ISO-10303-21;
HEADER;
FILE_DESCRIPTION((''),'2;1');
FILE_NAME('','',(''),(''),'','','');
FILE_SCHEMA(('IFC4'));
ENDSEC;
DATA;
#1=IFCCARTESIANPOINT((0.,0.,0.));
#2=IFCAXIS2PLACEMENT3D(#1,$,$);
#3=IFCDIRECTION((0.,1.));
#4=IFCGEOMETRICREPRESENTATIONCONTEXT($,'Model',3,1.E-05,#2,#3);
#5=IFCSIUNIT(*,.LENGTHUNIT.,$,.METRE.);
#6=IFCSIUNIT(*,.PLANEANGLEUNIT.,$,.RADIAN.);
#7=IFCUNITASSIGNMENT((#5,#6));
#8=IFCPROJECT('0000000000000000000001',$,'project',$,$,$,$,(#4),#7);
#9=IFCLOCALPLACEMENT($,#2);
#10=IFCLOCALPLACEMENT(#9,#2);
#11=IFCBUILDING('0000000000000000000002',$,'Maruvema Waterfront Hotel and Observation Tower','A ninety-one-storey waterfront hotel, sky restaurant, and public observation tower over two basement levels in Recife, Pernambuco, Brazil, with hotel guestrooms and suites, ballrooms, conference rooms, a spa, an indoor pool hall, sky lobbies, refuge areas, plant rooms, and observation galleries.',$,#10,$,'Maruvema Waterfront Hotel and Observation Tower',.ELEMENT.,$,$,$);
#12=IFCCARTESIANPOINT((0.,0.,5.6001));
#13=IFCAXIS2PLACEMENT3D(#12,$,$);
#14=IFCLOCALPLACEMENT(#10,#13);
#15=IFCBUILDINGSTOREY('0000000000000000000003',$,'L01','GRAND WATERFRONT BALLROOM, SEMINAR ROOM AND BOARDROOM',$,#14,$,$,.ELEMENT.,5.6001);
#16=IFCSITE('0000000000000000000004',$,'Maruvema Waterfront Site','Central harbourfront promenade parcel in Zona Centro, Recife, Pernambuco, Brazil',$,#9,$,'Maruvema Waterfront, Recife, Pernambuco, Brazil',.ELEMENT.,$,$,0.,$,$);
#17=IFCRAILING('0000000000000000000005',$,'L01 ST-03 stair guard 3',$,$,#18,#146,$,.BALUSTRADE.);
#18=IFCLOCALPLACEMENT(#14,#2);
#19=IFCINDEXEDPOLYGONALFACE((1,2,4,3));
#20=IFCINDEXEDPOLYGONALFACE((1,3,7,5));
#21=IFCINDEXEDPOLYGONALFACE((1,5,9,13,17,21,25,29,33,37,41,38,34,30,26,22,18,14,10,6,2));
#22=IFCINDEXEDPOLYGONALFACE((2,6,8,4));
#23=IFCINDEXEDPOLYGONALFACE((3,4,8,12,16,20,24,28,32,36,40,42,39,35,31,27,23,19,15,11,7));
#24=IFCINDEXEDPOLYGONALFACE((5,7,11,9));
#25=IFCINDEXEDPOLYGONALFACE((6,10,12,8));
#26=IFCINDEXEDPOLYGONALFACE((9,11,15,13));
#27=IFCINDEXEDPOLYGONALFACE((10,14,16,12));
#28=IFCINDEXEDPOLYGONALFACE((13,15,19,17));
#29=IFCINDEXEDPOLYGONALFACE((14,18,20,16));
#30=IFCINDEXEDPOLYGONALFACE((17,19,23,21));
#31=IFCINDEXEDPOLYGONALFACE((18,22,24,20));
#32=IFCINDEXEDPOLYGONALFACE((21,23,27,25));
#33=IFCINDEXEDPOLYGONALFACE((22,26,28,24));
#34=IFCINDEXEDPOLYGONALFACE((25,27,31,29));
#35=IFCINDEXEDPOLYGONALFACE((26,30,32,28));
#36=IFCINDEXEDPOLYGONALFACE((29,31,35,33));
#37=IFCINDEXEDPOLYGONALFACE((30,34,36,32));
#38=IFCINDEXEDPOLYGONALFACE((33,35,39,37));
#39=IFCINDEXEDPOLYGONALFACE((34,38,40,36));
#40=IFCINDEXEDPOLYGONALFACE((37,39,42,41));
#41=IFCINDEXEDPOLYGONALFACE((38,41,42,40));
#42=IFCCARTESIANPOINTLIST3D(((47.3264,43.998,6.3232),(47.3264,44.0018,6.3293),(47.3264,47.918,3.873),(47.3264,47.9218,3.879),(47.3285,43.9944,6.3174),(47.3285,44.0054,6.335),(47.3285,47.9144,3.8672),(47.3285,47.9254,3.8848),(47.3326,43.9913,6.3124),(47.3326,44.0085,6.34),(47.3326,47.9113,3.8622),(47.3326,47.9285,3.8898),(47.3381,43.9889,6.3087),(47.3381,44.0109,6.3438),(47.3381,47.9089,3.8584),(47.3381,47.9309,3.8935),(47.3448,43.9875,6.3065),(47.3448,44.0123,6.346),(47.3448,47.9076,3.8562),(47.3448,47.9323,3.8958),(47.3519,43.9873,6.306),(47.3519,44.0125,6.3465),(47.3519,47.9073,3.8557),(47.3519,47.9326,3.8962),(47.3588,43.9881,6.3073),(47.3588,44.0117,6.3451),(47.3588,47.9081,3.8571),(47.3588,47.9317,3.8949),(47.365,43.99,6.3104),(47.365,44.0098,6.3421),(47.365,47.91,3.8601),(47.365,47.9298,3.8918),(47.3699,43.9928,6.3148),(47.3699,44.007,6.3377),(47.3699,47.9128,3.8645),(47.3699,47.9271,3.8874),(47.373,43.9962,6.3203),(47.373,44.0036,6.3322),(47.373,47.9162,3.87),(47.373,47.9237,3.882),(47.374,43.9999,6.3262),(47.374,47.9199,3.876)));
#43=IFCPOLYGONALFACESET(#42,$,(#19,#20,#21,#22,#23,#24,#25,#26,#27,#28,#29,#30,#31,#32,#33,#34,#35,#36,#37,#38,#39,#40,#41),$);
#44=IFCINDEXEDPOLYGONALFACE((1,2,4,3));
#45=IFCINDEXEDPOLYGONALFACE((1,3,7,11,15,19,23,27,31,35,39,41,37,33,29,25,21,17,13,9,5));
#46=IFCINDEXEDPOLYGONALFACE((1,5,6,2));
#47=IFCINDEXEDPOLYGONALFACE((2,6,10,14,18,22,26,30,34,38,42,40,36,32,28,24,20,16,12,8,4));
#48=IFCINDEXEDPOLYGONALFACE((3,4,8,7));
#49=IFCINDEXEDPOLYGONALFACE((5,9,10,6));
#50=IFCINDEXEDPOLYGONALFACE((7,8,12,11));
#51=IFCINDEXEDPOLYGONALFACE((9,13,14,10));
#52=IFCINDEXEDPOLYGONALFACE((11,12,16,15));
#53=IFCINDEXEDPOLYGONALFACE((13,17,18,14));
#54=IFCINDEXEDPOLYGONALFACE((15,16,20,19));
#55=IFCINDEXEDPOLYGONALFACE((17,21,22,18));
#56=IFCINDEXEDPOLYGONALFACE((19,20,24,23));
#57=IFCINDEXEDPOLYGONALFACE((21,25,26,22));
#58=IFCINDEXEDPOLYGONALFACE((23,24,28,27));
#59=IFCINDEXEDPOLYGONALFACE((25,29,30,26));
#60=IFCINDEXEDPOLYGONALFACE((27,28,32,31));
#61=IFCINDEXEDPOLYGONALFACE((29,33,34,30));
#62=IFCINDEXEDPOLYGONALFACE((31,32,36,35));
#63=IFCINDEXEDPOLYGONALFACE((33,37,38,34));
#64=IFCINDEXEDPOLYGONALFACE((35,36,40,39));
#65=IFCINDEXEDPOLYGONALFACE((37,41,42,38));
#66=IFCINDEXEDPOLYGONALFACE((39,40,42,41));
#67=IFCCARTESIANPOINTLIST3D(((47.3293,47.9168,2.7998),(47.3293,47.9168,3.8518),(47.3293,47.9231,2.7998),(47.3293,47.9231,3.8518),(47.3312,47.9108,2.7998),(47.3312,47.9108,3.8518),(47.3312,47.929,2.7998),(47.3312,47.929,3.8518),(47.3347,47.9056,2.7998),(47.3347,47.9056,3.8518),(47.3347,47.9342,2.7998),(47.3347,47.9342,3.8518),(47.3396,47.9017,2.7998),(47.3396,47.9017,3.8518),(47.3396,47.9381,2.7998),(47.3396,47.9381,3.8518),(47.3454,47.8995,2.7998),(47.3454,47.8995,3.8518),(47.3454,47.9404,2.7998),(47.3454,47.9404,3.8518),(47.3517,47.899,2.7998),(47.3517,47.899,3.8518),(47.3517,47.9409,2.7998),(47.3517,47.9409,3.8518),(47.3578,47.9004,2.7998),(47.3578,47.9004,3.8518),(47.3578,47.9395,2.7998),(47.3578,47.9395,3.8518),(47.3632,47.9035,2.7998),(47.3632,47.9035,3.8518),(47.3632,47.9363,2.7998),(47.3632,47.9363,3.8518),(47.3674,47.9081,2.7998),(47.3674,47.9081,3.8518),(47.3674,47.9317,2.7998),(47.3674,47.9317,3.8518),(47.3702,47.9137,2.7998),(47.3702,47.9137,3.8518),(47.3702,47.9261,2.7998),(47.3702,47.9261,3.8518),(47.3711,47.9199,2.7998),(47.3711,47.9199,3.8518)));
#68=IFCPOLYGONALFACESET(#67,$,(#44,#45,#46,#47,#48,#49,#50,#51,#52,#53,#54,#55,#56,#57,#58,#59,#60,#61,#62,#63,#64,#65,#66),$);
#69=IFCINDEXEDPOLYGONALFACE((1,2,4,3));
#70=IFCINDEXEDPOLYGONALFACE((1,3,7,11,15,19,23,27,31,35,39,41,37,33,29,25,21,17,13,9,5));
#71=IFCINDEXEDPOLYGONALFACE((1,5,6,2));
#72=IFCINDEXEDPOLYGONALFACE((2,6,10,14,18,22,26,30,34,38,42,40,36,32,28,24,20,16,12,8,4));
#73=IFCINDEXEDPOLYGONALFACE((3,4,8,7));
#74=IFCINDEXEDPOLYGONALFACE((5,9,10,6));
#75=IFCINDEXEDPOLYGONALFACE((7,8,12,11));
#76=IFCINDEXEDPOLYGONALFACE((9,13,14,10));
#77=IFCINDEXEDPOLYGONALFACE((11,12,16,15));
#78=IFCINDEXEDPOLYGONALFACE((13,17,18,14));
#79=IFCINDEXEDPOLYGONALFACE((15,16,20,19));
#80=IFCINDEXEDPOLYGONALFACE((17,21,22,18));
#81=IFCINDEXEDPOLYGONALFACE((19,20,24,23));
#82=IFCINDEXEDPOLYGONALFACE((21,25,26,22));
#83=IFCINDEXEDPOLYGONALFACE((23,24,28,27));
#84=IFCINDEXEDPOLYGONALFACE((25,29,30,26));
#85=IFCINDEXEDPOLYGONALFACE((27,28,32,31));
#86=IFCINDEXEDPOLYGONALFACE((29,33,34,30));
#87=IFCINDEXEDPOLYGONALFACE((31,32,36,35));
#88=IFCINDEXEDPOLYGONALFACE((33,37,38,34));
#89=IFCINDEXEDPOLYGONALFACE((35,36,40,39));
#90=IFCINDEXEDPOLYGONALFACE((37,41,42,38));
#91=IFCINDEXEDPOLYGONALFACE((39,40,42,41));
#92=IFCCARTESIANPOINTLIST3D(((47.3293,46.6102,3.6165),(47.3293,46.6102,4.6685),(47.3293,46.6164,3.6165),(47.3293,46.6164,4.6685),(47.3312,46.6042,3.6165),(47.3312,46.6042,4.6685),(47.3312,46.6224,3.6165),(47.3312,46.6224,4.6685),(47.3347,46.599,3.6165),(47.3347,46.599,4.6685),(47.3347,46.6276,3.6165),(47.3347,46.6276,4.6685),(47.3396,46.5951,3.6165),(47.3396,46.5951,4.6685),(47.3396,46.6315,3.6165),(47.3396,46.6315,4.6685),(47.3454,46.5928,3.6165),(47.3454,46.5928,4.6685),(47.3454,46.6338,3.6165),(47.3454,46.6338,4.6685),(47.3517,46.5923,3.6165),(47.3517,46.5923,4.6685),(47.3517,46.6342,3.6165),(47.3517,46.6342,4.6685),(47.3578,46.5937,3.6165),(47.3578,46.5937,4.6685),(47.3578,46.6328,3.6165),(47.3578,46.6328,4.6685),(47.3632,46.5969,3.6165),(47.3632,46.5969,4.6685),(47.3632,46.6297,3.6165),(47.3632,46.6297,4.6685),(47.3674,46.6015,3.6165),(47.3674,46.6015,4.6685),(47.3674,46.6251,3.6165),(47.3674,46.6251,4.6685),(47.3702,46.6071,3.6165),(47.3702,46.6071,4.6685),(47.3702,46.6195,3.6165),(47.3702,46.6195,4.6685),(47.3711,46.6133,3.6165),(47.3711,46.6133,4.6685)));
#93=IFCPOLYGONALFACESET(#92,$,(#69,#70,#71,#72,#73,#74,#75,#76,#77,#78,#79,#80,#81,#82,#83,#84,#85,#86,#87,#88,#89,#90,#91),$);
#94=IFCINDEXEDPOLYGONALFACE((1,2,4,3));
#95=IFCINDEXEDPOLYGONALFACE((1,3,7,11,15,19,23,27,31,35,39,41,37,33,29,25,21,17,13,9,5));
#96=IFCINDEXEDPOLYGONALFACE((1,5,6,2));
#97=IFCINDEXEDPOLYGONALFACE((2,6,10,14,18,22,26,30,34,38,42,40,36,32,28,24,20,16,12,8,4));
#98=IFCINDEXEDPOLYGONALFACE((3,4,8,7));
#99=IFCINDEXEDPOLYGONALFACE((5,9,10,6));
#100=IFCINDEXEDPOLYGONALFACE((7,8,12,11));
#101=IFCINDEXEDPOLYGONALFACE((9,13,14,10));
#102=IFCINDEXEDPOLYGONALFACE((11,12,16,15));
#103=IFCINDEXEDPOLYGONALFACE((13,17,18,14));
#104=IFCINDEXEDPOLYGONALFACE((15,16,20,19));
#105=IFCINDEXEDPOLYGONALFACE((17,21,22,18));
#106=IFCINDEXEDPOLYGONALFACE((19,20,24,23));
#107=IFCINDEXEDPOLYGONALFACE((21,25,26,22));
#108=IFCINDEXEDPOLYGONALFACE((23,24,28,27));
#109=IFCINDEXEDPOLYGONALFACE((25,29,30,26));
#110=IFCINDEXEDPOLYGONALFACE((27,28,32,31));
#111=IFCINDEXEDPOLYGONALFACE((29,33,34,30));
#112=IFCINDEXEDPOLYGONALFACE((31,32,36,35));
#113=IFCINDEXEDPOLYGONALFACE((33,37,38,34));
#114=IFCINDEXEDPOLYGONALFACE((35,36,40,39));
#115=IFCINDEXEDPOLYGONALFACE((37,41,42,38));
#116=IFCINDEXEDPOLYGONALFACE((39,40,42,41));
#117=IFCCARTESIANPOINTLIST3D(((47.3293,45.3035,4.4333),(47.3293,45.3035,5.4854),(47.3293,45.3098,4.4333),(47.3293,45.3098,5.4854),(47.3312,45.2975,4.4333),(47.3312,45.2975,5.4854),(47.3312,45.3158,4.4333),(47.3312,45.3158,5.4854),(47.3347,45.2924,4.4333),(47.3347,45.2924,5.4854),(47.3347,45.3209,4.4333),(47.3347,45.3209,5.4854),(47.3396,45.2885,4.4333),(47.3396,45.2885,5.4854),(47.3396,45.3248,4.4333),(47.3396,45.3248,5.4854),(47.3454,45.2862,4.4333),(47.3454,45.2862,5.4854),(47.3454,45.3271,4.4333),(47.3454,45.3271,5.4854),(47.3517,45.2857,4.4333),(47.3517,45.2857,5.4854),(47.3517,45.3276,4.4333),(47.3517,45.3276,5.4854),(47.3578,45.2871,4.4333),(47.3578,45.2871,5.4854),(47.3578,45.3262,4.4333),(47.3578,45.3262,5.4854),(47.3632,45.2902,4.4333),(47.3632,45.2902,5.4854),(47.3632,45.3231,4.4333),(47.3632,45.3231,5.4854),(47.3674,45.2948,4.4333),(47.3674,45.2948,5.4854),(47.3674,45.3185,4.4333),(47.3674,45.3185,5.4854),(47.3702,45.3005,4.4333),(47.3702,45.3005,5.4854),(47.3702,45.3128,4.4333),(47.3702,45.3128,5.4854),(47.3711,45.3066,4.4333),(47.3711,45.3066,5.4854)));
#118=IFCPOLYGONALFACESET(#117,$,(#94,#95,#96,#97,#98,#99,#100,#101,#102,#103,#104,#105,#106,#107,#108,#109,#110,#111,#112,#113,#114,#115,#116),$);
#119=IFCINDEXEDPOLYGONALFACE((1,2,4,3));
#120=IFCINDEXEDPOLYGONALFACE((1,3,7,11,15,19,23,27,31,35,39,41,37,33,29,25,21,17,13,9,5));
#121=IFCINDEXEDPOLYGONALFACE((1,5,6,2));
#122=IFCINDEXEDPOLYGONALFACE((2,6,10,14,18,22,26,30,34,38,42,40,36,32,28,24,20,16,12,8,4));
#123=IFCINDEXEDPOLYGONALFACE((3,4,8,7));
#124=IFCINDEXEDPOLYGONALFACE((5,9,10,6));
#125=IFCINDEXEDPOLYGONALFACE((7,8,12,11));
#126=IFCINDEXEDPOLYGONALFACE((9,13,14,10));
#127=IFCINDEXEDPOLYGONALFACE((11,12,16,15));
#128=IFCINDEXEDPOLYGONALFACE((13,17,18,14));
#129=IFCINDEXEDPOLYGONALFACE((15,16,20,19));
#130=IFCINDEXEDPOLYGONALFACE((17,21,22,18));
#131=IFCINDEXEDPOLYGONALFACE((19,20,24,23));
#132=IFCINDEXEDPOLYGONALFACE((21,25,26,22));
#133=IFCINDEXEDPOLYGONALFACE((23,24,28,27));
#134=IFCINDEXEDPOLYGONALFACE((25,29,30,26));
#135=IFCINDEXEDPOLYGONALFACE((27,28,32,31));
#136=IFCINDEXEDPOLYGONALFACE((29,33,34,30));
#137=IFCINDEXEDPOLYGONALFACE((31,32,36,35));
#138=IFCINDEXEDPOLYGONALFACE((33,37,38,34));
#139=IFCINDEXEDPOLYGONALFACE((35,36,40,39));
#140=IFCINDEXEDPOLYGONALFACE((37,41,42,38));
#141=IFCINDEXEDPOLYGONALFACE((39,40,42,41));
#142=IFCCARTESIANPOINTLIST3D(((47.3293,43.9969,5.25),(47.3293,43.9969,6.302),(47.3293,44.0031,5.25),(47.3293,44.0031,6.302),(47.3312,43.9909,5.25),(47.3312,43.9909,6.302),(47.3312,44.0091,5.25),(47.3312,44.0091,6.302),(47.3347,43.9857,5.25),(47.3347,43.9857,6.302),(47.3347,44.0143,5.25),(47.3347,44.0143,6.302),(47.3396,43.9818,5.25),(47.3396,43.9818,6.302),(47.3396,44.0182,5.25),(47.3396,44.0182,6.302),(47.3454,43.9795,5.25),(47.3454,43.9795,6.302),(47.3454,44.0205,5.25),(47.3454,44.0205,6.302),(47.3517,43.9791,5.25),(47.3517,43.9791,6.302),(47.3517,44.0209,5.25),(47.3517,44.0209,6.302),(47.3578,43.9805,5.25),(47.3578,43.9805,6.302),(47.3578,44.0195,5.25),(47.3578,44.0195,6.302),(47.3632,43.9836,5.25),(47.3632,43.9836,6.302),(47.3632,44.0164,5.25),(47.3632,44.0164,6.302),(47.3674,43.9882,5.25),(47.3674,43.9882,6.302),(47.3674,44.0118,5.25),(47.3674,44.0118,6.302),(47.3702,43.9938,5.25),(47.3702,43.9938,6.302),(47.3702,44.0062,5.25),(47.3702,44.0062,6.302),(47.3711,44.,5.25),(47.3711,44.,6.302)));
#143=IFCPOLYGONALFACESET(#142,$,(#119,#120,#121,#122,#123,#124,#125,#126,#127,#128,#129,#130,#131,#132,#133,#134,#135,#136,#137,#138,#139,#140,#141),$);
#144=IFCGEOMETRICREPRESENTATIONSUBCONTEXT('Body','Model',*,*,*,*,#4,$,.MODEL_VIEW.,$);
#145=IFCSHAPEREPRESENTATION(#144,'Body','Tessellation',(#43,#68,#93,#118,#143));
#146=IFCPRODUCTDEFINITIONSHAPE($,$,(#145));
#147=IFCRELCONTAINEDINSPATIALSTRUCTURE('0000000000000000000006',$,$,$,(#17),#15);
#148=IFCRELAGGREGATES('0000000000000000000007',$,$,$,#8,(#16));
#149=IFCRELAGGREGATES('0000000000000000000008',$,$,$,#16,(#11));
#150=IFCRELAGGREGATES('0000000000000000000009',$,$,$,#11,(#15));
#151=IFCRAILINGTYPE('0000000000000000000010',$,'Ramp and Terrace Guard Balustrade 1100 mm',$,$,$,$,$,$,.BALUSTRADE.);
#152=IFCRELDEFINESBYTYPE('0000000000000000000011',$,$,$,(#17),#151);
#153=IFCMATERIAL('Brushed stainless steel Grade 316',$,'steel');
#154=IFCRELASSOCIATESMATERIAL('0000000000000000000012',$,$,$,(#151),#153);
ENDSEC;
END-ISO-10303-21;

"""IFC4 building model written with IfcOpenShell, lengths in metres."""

from ifc_helpers import new_model, si_unit, direction, frame, origin, origin_2d, place, context, subcontext, project, spatial, circle, extrude, material, type_object, element, save


model = new_model("IFC4")

# Units and contexts
model_context = context("Model", 3, precision=1e-05, world=origin(), true_north=direction((0.0, 1.0)))
body_context = subcontext(model_context, "Body", "Model", "MODEL_VIEW")
ifc_project = project(units=[si_unit("LENGTHUNIT", "METRE"), si_unit("PLANEANGLEUNIT", "RADIAN")], contexts=[model_context])

# Site, building, storey
site_placement = place(None, origin())
site = spatial("IfcSite", under=ifc_project, at=site_placement, Name="Maruvema Waterfront Site", Description="Central harbourfront promenade parcel in Zona Centro, Recife, Pernambuco, Brazil", LongName="Maruvema Waterfront, Recife, Pernambuco, Brazil", CompositionType="ELEMENT", RefElevation=0.0)
building_placement = place(site_placement, origin())
building = spatial("IfcBuilding", under=site, at=building_placement, Name="Maruvema Waterfront Hotel and Observation Tower", Description="A ninety-one-storey waterfront hotel, sky restaurant, and public observation tower over two basement levels in Recife, Pernambuco, Brazil, with hotel guestrooms and suites, ballrooms, conference rooms, a spa, an indoor pool hall, sky lobbies, refuge areas, plant rooms, and observation galleries.", LongName="Maruvema Waterfront Hotel and Observation Tower", CompositionType="ELEMENT")
storey_placement = place(building_placement, frame((0.0, 0.0, 5.6001)))
storey = spatial("IfcBuildingStorey", under=building, at=storey_placement, Name="L01", Description="GRAND WATERFRONT BALLROOM, SEMINAR ROOM AND BOARDROOM", CompositionType="ELEMENT", Elevation=5.6001)

# Railing
ifc_material_1 = material(Name="Brushed stainless steel Grade 316", Category="steel")
railing_type_1 = type_object("IfcRailingType", Name="Ramp and Terrace Guard Balustrade 1100 mm", PredefinedType="BALUSTRADE", material=ifc_material_1)
railing_1_placement = place(storey_placement, frame((47.3501, 47.9199, 2.7998)))
element("IfcRailing", 1, at=railing_1_placement, inside=storey, type_object=railing_type_1, Name="L01 ST-03 stair guard 3", PredefinedType="BALUSTRADE", context=body_context, shape_type="SweptSolid", body=[
    extrude(circle(Radius=0.0239, at=origin_2d()), frame((0.0, 0.0, 1.0762), z_axis=(0.0, -0.847975, 0.530037), x_axis=(1.0, 0.0, 0.0)), (0.0, 0.0, 1.0), 4.6228),
    extrude(circle(Radius=0.021, at=origin_2d()), origin(), (0.0, 0.0, 1.0), 1.052),
    extrude(circle(Radius=0.021, at=origin_2d()), frame((0.0, -1.3066, 0.8167)), (0.0, 0.0, 1.0), 1.052),
    extrude(circle(Radius=0.021, at=origin_2d()), frame((0.0, -2.6133, 1.6335)), (0.0, 0.0, 1.0), 1.052),
    extrude(circle(Radius=0.021, at=origin_2d()), frame((0.0, -3.9199, 2.4502)), (0.0, 0.0, 1.0), 1.052),
])

save(model, "model.ifc")
